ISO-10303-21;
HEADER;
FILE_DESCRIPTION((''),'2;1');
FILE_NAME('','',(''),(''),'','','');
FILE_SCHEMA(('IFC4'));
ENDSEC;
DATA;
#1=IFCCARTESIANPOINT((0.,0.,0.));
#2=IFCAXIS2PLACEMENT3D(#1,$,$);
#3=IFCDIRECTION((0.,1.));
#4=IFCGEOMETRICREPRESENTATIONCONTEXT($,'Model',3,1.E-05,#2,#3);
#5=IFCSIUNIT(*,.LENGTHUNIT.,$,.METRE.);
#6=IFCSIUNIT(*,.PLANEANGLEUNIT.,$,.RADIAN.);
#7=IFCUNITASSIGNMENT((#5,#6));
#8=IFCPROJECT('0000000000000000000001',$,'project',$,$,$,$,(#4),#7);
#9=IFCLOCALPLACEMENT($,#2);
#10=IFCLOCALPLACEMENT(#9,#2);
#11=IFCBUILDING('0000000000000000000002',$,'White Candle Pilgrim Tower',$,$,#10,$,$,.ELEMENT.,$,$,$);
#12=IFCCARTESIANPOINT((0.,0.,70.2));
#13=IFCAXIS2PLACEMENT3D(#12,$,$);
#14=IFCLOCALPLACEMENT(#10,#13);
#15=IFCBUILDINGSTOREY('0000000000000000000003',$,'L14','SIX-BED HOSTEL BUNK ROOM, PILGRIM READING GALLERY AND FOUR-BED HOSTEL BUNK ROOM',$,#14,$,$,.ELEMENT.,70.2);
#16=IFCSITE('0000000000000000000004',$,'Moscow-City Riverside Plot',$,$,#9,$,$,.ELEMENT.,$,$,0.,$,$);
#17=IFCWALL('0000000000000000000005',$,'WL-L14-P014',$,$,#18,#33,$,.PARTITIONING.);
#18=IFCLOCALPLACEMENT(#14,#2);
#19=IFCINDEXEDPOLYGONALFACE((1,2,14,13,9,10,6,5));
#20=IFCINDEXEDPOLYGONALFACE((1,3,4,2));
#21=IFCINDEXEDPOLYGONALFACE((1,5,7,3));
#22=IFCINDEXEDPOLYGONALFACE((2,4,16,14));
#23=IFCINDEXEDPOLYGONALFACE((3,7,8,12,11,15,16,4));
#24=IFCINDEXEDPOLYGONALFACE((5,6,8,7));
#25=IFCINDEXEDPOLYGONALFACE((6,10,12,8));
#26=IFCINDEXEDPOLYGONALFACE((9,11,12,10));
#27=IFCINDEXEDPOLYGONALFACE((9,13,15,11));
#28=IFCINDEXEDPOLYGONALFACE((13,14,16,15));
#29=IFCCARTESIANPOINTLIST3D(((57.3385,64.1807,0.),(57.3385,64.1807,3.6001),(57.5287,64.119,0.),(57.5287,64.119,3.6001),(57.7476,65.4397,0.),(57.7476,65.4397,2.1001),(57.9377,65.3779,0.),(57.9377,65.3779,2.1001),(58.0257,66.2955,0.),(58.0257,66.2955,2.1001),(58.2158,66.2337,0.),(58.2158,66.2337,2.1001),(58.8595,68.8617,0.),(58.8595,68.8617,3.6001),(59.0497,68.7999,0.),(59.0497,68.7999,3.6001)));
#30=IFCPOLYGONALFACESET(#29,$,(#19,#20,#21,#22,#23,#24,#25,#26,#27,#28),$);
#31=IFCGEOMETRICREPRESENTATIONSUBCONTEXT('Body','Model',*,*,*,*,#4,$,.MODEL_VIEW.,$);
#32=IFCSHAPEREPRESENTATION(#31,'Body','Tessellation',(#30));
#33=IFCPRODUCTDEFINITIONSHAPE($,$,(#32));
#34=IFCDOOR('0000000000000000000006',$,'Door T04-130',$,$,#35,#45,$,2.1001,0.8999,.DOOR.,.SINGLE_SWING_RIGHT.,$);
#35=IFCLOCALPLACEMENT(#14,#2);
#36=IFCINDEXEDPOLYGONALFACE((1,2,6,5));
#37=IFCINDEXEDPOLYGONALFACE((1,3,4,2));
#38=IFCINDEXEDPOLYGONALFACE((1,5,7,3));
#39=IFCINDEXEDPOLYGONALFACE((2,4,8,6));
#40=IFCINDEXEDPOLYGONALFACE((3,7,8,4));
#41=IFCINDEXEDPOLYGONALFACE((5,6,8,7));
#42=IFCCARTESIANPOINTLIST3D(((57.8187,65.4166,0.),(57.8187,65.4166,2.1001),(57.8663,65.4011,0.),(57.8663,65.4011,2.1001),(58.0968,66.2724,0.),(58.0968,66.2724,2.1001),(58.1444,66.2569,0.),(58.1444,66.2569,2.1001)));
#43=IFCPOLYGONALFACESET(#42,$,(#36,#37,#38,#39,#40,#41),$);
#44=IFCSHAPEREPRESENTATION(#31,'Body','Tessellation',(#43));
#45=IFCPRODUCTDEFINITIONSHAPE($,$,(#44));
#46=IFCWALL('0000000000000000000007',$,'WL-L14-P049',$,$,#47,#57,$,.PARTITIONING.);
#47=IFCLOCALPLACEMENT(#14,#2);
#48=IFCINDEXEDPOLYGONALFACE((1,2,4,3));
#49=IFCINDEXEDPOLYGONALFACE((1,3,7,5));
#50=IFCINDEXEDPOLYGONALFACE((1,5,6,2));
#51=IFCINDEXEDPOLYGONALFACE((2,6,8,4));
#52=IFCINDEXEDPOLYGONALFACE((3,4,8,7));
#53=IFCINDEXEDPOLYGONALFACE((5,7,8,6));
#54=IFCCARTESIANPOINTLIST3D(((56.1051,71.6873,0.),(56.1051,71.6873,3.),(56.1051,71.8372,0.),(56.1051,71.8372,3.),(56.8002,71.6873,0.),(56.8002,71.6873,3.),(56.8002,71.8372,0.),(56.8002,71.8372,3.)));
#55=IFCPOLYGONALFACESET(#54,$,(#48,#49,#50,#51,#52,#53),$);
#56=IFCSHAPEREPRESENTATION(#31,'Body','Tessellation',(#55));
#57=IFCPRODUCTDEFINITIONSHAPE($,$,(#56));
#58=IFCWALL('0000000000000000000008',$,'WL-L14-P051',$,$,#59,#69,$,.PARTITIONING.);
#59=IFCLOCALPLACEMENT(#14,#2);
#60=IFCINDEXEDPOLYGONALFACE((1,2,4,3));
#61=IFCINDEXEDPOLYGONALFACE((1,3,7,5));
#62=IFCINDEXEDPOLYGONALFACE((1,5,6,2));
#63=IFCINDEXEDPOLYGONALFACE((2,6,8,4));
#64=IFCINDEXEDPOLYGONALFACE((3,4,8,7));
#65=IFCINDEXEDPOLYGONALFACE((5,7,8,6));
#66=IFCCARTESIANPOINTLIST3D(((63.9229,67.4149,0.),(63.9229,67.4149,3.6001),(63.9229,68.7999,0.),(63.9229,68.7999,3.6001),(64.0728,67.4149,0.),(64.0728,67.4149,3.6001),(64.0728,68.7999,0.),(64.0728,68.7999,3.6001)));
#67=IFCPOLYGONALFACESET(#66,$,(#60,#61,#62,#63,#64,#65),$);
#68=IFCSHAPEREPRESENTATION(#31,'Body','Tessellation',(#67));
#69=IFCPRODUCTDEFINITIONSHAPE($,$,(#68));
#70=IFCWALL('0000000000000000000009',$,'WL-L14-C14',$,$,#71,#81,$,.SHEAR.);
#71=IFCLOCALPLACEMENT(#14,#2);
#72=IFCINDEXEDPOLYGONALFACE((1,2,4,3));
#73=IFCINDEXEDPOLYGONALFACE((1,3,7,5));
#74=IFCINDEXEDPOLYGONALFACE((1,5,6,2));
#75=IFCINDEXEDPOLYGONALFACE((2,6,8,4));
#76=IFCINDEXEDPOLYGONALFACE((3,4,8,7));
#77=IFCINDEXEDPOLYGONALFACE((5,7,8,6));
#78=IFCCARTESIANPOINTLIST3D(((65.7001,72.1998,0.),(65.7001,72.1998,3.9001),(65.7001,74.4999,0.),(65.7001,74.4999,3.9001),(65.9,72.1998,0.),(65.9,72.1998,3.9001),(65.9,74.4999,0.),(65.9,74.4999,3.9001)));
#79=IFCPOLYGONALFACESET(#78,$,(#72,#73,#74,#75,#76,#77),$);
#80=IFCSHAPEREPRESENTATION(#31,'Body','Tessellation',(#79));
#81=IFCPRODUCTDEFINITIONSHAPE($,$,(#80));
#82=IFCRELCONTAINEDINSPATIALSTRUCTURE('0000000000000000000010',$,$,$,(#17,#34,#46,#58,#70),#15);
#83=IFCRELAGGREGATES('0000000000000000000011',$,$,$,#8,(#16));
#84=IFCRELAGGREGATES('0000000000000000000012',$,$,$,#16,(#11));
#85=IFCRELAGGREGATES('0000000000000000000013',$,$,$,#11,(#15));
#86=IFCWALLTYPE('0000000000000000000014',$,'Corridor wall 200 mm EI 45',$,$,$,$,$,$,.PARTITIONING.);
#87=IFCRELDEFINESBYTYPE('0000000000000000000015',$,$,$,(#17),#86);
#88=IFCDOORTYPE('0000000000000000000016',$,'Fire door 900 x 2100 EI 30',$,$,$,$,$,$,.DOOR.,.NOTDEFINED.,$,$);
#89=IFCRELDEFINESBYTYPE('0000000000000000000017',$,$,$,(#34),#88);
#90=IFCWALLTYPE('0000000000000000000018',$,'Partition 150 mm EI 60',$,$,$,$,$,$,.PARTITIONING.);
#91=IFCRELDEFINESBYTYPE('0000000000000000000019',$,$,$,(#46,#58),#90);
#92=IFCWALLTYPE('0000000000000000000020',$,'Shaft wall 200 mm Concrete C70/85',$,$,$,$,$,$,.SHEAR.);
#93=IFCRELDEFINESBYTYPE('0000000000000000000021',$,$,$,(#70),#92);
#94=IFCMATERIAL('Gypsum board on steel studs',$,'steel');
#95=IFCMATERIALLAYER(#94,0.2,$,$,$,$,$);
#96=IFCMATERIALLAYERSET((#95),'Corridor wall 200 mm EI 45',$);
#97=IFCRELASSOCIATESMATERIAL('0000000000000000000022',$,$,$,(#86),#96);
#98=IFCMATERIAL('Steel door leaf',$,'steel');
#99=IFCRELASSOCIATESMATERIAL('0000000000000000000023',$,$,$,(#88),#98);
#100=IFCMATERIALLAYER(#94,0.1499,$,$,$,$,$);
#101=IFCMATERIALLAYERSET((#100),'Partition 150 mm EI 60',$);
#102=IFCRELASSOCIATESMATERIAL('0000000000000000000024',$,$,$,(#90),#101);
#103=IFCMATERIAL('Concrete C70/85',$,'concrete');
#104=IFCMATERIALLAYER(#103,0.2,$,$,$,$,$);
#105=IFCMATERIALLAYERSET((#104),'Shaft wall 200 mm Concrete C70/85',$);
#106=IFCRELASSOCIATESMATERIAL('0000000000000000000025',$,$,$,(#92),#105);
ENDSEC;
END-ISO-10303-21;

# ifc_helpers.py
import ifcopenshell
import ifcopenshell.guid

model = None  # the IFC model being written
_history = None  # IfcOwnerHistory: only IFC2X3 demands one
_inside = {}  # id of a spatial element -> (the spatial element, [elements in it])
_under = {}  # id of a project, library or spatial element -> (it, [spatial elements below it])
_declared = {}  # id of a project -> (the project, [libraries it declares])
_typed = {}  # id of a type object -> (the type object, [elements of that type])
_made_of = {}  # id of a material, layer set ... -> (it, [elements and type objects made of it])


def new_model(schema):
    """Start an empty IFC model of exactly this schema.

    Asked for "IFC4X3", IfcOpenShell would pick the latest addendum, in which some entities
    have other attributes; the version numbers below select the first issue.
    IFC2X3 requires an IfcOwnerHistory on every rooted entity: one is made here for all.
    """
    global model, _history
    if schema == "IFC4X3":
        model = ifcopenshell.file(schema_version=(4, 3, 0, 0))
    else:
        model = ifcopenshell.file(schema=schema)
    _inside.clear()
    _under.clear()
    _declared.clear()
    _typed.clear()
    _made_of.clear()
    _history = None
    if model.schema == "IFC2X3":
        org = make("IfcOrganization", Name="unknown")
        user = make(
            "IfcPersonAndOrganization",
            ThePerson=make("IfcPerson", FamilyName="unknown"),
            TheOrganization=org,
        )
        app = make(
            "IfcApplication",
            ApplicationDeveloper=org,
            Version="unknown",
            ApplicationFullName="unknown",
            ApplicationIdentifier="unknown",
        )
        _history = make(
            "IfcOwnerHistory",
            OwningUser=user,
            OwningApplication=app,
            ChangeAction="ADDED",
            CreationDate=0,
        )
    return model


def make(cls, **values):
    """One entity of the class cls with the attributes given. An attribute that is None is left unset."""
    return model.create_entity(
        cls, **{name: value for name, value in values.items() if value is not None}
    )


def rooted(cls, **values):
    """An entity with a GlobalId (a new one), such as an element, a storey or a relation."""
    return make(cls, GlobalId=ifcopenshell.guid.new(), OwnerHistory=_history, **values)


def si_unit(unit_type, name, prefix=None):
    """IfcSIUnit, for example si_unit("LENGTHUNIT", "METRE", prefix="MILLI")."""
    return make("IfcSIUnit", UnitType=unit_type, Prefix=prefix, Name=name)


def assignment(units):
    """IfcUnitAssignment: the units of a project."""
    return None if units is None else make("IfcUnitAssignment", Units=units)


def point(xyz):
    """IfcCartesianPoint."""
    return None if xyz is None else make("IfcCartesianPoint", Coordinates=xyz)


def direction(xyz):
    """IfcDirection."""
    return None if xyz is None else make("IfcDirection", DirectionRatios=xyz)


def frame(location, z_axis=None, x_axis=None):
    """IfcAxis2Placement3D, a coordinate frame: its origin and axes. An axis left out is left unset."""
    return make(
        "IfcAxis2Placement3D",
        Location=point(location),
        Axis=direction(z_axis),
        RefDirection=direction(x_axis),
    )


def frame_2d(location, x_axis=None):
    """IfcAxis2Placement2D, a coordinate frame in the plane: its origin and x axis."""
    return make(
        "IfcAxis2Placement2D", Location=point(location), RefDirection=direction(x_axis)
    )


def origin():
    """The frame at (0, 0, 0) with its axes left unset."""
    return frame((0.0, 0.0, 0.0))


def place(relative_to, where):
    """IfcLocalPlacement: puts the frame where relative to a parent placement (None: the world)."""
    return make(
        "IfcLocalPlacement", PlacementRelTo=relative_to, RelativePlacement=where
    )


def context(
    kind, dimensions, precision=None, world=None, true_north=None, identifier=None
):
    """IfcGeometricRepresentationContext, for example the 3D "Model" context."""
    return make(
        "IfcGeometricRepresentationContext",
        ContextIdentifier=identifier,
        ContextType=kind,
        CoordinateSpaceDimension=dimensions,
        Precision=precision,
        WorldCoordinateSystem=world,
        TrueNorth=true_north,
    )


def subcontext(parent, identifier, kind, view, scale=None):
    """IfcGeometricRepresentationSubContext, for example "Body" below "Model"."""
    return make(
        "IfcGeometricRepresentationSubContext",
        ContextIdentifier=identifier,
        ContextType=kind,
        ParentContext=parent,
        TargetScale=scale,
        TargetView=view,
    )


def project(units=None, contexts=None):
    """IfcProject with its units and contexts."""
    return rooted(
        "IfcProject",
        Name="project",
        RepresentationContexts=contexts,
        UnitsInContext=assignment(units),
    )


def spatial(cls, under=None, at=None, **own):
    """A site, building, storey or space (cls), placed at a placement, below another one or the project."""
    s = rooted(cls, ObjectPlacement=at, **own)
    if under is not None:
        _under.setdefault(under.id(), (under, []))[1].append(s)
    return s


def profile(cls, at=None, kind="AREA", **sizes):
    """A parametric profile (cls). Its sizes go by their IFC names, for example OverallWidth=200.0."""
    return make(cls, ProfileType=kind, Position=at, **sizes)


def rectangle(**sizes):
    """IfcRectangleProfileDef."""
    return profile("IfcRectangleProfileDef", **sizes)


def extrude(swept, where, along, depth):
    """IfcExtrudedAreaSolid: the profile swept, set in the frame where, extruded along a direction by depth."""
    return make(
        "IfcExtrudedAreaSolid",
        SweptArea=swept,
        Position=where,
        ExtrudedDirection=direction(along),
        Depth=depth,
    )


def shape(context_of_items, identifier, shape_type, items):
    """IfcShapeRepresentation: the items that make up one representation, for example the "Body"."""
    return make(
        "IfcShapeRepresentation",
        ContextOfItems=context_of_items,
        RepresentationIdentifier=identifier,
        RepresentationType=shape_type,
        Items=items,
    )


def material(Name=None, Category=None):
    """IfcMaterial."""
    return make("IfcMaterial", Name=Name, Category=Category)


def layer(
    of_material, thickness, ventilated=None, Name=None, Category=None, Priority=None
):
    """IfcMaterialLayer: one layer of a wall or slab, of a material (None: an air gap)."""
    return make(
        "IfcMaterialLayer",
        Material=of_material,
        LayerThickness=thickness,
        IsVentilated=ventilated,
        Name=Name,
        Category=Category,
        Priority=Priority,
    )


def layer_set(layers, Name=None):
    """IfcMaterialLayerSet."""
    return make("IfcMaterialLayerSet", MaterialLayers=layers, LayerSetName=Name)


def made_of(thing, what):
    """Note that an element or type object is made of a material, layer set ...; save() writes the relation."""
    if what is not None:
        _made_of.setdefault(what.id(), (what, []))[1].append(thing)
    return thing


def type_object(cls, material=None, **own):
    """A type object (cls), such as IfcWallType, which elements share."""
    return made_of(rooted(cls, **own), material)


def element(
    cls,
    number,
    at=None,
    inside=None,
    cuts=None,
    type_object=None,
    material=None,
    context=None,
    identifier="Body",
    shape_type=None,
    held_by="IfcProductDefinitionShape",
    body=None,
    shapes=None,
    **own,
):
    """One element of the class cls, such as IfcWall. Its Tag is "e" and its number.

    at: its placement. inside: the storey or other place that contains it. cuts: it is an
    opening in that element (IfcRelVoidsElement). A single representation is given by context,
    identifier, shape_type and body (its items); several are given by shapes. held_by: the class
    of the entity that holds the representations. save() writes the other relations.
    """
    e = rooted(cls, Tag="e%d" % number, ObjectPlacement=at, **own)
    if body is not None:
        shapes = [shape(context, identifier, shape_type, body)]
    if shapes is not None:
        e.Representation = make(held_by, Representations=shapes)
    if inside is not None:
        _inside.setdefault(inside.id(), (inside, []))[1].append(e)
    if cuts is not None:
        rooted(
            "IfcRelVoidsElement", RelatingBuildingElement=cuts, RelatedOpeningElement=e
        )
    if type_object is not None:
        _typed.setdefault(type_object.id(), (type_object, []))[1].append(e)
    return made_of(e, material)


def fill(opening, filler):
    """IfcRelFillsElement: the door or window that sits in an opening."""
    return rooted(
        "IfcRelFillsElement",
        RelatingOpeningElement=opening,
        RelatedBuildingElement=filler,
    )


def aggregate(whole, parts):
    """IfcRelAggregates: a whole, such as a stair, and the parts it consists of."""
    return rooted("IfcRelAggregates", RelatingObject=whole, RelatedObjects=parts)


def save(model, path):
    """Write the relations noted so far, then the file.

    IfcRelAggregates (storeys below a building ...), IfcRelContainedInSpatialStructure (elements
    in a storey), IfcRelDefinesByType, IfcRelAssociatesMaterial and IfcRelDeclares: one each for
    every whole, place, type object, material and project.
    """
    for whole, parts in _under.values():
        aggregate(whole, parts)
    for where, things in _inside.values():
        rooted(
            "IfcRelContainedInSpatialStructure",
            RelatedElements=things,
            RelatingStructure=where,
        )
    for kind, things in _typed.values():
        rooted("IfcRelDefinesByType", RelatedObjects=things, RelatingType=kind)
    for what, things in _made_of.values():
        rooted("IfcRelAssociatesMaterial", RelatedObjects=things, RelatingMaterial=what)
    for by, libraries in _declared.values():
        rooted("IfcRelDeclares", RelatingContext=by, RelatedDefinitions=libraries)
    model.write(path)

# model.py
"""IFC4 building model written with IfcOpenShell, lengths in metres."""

from ifc_helpers import new_model, si_unit, direction, frame, frame_2d, origin, place, context, subcontext, project, spatial, rectangle, extrude, material, layer, layer_set, type_object, element, fill, save


model = new_model("IFC4")

# Units and contexts
model_context = context("Model", 3, precision=1e-05, world=origin(), true_north=direction((0.0, 1.0)))
body_context = subcontext(model_context, "Body", "Model", "MODEL_VIEW")
ifc_project = project(units=[si_unit("LENGTHUNIT", "METRE"), si_unit("PLANEANGLEUNIT", "RADIAN")], contexts=[model_context])

# Site, building, storey
site_placement = place(None, origin())
site = spatial("IfcSite", under=ifc_project, at=site_placement, Name="Moscow-City Riverside Plot", CompositionType="ELEMENT", RefElevation=0.0)
building_placement = place(site_placement, origin())
building = spatial("IfcBuilding", under=site, at=building_placement, Name="White Candle Pilgrim Tower", CompositionType="ELEMENT")
storey_placement = place(building_placement, frame((0.0, 0.0, 70.2)))
storey = spatial("IfcBuildingStorey", under=building, at=storey_placement, Name="L14", Description="SIX-BED HOSTEL BUNK ROOM, PILGRIM READING GALLERY AND FOUR-BED HOSTEL BUNK ROOM", CompositionType="ELEMENT", Elevation=70.2)

# Shared definitions
ifc_material_1 = material(Name="Gypsum board on steel studs", Category="steel")
ifc_layer_1 = layer(ifc_material_1, 0.2)
ifc_layer_set_1 = layer_set([ifc_layer_1], Name="Corridor wall 200 mm EI 45")
wall_type_1 = type_object("IfcWallType", Name="Corridor wall 200 mm EI 45", PredefinedType="PARTITIONING", material=ifc_layer_set_1)
ifc_material_2 = material(Name="Steel door leaf", Category="steel")
door_type_1 = type_object("IfcDoorType", Name="Fire door 900 x 2100 EI 30", OperationType="NOTDEFINED", PredefinedType="DOOR", material=ifc_material_2)

# Wall, opening, door
wall_1_placement = place(storey_placement, frame((58.9546, 68.8308, 0.0), z_axis=(0.0, 0.0, 1.0), x_axis=(-0.309031, -0.951052, 0.0)))
wall_1 = element("IfcWall", 1, at=wall_1_placement, inside=storey, type_object=wall_type_1, Name="WL-L14-P014", PredefinedType="PARTITIONING", context=body_context, shape_type="SweptSolid", body=[
    extrude(rectangle(XDim=4.9219, YDim=0.2, at=frame_2d((2.4609, 0.0))), origin(), (0.0, 0.0, 1.0), 3.6001),
])
opening_1_placement = place(wall_1_placement, frame((2.6982, 0.0, 0.0)))
opening_1 = element("IfcOpeningElement", 2, at=opening_1_placement, cuts=wall_1, PredefinedType="OPENING", context=body_context, shape_type="SweptSolid", body=[
    extrude(rectangle(XDim=0.8999, YDim=2.1001, at=frame_2d((0.45, 1.05))), frame((0.0, 0.1099, 0.0), z_axis=(0.0, -1.0, 0.0), x_axis=(1.0, 0.0, 0.0)), (0.0, 0.0, 1.0), 0.22),
])
door_1_placement = place(opening_1_placement, origin())
door_1 = element("IfcDoor", 3, at=door_1_placement, inside=storey, type_object=door_type_1, Name="Door T04-130", OperationType="SINGLE_SWING_RIGHT", OverallHeight=2.1001, OverallWidth=0.8999, PredefinedType="DOOR", context=body_context, shape_type="SweptSolid", body=[
    extrude(rectangle(XDim=0.8999, YDim=2.1001, at=frame_2d((0.45, 1.05))), frame((0.0, 0.0249, 0.0), z_axis=(0.0, -1.0, 0.0), x_axis=(1.0, 0.0, 0.0)), (0.0, 0.0, 1.0), 0.05),
])
fill(opening_1, door_1)

# Walls
ifc_layer_2 = layer(ifc_material_1, 0.1499)
ifc_layer_set_2 = layer_set([ifc_layer_2], Name="Partition 150 mm EI 60")
wall_type_2 = type_object("IfcWallType", Name="Partition 150 mm EI 60", PredefinedType="PARTITIONING", material=ifc_layer_set_2)
wall_2_placement = place(storey_placement, frame((56.105, 71.7622, 0.0), z_axis=(0.0, 0.0, 1.0), x_axis=(1.0, 0.0, 0.0)))
element("IfcWall", 4, at=wall_2_placement, inside=storey, type_object=wall_type_2, Name="WL-L14-P049", PredefinedType="PARTITIONING", context=body_context, shape_type="SweptSolid", body=[
    extrude(rectangle(XDim=0.6951, YDim=0.1499, at=frame_2d((0.3477, 0.0))), origin(), (0.0, 0.0, 1.0), 3.0),
])
wall_3_placement = place(storey_placement, frame((63.9978, 67.415, 0.0), z_axis=(0.0, 0.0, 1.0), x_axis=(0.0, 1.0, 0.0)))
element("IfcWall", 5, at=wall_3_placement, inside=storey, type_object=wall_type_2, Name="WL-L14-P051", PredefinedType="PARTITIONING", context=body_context, shape_type="SweptSolid", body=[
    extrude(rectangle(XDim=1.385, YDim=0.1499, at=frame_2d((0.6924, 0.0))), origin(), (0.0, 0.0, 1.0), 3.6001),
])
ifc_material_3 = material(Name="Concrete C70/85", Category="concrete")
ifc_layer_3 = layer(ifc_material_3, 0.2)
ifc_layer_set_3 = layer_set([ifc_layer_3], Name="Shaft wall 200 mm Concrete C70/85")
wall_type_3 = type_object("IfcWallType", Name="Shaft wall 200 mm Concrete C70/85", PredefinedType="SHEAR", material=ifc_layer_set_3)
wall_4_placement = place(storey_placement, frame((65.8, 72.2, 0.0), z_axis=(0.0, 0.0, 1.0), x_axis=(0.0, 1.0, 0.0)))
element("IfcWall", 6, at=wall_4_placement, inside=storey, type_object=wall_type_3, Name="WL-L14-C14", PredefinedType="SHEAR", context=body_context, shape_type="SweptSolid", body=[
    extrude(rectangle(XDim=2.3, YDim=0.2, at=frame_2d((1.1499, 0.0))), origin(), (0.0, 0.0, 1.0), 3.9001),
])

save(model, "model.ifc")
